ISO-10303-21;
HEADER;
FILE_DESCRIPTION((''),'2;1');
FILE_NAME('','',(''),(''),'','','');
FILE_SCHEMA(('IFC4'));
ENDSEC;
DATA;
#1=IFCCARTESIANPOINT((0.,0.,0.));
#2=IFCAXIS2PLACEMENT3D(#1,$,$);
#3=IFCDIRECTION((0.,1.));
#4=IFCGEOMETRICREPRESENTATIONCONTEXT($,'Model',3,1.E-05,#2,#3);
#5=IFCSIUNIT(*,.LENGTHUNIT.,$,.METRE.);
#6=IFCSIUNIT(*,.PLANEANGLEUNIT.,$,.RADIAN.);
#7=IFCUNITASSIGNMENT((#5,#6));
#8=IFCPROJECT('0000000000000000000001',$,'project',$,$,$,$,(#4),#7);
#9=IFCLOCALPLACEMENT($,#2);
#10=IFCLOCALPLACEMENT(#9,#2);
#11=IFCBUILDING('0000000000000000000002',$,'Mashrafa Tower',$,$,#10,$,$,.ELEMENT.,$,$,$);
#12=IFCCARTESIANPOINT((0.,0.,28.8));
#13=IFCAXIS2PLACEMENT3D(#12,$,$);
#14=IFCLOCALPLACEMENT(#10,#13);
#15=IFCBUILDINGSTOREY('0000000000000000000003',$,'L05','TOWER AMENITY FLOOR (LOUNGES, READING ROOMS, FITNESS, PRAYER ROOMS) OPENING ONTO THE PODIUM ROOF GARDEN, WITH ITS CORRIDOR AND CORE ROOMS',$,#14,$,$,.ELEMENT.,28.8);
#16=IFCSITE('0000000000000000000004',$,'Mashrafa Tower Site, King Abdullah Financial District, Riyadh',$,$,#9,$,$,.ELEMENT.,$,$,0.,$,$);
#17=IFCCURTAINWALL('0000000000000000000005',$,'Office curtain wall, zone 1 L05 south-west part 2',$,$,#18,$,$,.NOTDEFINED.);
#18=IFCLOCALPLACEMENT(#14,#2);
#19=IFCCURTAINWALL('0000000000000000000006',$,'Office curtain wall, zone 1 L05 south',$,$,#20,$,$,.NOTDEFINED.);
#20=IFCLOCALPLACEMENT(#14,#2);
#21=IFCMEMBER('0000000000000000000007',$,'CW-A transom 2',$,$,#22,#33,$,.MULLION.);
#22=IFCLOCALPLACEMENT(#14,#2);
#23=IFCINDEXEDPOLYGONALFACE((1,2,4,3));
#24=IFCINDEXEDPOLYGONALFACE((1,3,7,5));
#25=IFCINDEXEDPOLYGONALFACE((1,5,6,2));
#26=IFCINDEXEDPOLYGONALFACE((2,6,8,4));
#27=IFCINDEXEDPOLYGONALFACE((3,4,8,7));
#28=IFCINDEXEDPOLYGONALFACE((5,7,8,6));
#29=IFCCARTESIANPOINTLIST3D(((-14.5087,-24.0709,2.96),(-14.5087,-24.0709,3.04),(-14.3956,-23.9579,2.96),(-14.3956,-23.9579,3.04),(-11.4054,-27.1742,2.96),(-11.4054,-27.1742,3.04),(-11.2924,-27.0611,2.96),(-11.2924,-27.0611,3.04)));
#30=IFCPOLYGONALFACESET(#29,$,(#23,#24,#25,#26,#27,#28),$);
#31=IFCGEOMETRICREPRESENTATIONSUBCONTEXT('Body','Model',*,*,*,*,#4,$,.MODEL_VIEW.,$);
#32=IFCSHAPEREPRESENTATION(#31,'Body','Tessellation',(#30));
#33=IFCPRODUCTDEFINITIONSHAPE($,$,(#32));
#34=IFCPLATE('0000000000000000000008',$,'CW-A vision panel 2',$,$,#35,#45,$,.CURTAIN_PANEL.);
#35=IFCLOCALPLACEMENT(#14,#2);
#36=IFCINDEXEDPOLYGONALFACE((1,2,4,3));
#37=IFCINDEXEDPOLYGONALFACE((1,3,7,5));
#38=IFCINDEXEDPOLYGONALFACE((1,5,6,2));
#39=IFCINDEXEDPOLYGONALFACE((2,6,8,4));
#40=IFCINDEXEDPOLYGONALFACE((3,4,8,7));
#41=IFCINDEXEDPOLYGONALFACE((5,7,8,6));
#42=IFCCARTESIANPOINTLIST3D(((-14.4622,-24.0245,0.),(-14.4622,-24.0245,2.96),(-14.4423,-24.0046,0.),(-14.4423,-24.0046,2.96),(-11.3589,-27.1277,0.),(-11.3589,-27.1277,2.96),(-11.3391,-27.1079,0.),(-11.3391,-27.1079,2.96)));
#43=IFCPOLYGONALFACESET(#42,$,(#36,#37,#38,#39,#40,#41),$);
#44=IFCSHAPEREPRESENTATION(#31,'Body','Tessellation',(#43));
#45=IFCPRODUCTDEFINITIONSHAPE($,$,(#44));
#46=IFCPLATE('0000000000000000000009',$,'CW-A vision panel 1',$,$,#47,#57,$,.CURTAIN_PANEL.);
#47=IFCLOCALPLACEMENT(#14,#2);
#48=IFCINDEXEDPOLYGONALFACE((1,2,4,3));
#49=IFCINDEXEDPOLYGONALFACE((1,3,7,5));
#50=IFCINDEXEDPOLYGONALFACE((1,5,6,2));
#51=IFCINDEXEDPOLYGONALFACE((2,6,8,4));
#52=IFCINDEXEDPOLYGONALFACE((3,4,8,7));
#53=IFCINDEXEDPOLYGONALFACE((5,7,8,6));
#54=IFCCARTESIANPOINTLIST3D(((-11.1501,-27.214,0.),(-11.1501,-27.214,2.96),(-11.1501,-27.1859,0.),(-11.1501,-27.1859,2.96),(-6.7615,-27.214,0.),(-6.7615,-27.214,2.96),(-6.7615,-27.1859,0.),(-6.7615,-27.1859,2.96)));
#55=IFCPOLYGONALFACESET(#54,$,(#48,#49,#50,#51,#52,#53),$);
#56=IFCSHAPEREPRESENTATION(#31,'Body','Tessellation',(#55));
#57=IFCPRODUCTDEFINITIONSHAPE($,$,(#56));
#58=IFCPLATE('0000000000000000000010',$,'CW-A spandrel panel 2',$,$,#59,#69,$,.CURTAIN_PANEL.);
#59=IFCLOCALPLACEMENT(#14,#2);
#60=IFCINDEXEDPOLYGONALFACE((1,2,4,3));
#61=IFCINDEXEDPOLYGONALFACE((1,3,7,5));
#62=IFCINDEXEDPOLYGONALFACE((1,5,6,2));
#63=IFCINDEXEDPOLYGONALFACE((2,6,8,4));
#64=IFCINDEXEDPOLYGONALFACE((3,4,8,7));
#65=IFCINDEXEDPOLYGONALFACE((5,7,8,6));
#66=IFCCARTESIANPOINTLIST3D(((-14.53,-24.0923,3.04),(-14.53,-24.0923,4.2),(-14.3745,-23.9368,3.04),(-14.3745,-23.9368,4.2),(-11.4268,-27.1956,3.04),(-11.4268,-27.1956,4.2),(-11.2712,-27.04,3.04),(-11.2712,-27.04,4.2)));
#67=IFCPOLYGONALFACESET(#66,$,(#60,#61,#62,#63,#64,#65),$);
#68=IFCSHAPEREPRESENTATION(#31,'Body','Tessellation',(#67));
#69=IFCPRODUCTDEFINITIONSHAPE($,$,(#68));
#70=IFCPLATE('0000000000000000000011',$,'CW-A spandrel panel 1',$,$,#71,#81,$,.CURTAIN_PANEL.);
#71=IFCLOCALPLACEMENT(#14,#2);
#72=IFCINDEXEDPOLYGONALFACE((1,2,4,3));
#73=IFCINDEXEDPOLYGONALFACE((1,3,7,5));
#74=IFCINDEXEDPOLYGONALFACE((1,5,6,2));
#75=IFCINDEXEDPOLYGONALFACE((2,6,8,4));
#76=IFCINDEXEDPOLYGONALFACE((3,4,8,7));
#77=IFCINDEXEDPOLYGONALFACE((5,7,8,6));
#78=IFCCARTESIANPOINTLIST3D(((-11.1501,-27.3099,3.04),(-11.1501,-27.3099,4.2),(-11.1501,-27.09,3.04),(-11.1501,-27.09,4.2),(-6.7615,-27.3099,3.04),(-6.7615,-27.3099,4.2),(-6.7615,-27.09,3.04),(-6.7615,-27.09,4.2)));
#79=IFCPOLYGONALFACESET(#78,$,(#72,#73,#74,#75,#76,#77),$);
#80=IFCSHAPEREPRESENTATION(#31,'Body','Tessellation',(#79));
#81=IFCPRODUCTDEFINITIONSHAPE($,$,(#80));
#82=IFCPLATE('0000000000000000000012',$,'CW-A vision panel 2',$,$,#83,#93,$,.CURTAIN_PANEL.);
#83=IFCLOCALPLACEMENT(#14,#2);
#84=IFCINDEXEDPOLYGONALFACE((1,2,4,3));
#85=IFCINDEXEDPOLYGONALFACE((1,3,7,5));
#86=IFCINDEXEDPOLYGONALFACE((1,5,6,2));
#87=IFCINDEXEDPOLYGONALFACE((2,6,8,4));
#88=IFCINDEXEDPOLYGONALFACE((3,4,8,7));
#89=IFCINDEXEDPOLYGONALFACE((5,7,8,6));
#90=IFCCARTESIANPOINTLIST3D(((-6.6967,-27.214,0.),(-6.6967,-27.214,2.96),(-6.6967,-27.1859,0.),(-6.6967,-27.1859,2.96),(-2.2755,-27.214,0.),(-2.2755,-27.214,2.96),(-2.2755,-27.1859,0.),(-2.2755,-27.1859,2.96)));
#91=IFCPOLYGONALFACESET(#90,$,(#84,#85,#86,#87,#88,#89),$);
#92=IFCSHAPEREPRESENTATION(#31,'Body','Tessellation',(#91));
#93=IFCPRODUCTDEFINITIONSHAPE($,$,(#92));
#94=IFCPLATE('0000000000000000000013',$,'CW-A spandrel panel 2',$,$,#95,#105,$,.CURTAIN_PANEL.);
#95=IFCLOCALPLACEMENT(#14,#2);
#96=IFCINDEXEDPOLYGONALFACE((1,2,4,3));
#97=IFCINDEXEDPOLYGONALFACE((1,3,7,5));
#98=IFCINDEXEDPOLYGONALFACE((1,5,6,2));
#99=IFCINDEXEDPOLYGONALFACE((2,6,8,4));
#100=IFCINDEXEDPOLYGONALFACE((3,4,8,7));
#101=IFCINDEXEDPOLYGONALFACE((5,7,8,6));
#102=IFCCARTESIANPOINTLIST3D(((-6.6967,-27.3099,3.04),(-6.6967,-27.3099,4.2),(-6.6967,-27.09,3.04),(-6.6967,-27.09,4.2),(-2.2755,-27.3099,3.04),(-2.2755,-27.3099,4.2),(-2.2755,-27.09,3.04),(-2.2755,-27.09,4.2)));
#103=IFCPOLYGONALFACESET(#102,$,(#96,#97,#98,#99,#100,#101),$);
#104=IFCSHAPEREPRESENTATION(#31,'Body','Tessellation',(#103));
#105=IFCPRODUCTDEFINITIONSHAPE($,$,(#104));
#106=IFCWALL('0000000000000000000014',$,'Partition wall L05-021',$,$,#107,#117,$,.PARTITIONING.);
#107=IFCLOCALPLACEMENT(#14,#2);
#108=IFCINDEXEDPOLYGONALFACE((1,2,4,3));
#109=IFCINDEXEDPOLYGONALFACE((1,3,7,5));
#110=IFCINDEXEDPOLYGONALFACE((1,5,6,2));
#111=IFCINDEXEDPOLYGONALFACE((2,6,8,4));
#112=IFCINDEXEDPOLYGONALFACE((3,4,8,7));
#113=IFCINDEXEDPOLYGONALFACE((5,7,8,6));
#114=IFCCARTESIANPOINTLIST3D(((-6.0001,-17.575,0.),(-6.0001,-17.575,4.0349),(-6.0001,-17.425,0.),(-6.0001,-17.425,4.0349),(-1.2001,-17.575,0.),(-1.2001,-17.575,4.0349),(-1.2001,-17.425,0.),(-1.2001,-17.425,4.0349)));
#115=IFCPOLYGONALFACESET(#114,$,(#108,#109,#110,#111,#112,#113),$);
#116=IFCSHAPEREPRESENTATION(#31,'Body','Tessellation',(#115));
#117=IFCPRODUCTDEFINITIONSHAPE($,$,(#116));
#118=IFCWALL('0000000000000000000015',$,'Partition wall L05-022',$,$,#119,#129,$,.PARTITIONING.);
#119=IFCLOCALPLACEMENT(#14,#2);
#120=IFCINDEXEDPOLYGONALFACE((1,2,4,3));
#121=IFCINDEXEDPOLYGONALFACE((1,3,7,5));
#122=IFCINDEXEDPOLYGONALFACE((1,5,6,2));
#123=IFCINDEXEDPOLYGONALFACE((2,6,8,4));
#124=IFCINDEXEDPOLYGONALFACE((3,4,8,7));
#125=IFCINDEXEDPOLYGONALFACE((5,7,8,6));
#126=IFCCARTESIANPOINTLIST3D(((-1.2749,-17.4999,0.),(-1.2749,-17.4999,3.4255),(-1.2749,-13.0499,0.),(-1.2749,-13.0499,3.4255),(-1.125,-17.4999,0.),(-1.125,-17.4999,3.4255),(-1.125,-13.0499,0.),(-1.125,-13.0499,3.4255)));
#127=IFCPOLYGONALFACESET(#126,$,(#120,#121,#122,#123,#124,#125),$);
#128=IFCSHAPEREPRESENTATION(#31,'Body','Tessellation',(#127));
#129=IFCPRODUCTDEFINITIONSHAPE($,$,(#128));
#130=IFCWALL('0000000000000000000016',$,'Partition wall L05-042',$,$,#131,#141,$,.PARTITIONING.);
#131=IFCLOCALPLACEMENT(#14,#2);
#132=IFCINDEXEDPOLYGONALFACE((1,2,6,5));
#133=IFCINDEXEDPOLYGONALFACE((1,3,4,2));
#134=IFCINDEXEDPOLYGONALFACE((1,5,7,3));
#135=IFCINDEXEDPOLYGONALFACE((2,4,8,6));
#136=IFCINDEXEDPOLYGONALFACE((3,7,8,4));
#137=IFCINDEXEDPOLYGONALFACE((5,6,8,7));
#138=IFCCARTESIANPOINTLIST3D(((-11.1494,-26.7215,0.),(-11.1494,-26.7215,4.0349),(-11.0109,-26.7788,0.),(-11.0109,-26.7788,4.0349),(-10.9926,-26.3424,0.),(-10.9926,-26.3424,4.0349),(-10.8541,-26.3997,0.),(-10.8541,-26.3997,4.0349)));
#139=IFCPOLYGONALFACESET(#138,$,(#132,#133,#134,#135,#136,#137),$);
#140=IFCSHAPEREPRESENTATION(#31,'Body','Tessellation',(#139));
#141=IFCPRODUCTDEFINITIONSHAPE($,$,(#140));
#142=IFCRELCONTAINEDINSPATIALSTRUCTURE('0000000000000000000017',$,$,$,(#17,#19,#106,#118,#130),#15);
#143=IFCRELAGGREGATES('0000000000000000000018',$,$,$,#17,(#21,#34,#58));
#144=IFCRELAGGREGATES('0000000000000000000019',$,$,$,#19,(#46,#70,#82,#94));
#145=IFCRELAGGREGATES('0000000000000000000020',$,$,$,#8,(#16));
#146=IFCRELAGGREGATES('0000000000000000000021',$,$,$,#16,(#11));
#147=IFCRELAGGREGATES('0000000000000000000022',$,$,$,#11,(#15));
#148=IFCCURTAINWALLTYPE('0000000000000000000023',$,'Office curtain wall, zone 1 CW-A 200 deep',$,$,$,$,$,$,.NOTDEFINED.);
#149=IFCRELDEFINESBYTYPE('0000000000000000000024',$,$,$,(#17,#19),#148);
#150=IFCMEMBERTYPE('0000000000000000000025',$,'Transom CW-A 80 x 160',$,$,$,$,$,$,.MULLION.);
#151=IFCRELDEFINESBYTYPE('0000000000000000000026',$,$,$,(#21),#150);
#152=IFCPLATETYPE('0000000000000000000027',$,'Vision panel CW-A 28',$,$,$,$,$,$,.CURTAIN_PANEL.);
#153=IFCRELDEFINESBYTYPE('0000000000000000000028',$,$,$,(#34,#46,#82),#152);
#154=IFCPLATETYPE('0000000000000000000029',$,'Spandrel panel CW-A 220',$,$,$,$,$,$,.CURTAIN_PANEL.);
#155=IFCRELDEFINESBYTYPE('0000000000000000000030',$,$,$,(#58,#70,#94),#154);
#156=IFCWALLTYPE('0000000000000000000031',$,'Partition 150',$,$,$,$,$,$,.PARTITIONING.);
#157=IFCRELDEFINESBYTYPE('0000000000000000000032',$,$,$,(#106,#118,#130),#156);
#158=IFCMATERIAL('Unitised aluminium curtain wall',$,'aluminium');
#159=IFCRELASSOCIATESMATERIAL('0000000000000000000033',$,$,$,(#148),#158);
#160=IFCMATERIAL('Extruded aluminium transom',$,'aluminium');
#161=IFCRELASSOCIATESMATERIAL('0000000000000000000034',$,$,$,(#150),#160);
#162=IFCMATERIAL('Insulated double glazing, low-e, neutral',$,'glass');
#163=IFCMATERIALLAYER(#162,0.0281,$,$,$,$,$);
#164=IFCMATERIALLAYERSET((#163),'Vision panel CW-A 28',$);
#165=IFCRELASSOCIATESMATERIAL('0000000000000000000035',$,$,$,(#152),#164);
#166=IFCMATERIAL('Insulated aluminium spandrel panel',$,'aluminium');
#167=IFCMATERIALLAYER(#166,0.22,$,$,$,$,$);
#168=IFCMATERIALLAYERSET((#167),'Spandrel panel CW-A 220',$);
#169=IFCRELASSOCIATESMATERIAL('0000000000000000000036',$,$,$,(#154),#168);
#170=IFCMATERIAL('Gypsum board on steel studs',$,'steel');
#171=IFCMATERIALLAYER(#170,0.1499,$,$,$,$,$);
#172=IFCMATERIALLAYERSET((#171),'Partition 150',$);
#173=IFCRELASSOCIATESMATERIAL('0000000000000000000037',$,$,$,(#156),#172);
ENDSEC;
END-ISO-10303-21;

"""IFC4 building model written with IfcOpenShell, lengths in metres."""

from ifc_helpers import new_model, si_unit, direction, frame, frame_2d, origin, origin_2d, place, context, subcontext, project, spatial, rectangle, extrude, source, transform, mapped, material, layer, layer_set, material_profile, profile_set, type_object, type_shapes, element, aggregate, save


model = new_model("IFC4")

# Units and contexts
model_context = context("Model", 3, precision=1e-05, world=origin(), true_north=direction((0.0, 1.0)))
body_context = subcontext(model_context, "Body", "Model", "MODEL_VIEW")
ifc_project = project(units=[si_unit("LENGTHUNIT", "METRE"), si_unit("PLANEANGLEUNIT", "RADIAN")], contexts=[model_context])

# Site, building, storey
site_placement = place(None, origin())
site = spatial("IfcSite", under=ifc_project, at=site_placement, Name="Mashrafa Tower Site, King Abdullah Financial District, Riyadh", CompositionType="ELEMENT", RefElevation=0.0)
building_placement = place(site_placement, origin())
building = spatial("IfcBuilding", under=site, at=building_placement, Name="Mashrafa Tower", CompositionType="ELEMENT")
storey_placement = place(building_placement, frame((0.0, 0.0, 28.8)))
storey = spatial("IfcBuildingStorey", under=building, at=storey_placement, Name="L05", Description="TOWER AMENITY FLOOR (LOUNGES, READING ROOMS, FITNESS, PRAYER ROOMS) OPENING ONTO THE PODIUM ROOF GARDEN, WITH ITS CORRIDOR AND CORE ROOMS", CompositionType="ELEMENT", Elevation=28.8)

# Curtain wall
ifc_material_1 = material(Name="Unitised aluminium curtain wall", Category="aluminium")
curtain_wall_type = type_object("IfcCurtainWallType", Name="Office curtain wall, zone 1 CW-A 200 deep", PredefinedType="NOTDEFINED", material=ifc_material_1)
curtain_wall_1_placement = place(storey_placement, origin())
curtain_wall_1 = element("IfcCurtainWall", 1, at=curtain_wall_1_placement, inside=storey, type_object=curtain_wall_type, Name="Office curtain wall, zone 1 L05 south-west part 2", PredefinedType="NOTDEFINED")

# Curtain wall
curtain_wall_2_placement = place(storey_placement, origin())
curtain_wall_2 = element("IfcCurtainWall", 2, at=curtain_wall_2_placement, inside=storey, type_object=curtain_wall_type, Name="Office curtain wall, zone 1 L05 south", PredefinedType="NOTDEFINED")
ifc_material_2 = material(Name="Extruded aluminium transom", Category="aluminium")
ifc_material_profile_1 = material_profile(ifc_material_2, rectangle(XDim=0.1599, YDim=0.0801, at=origin_2d()), Name="Transom 80x160")
ifc_profile_set_1 = profile_set([ifc_material_profile_1], Name="Extruded aluminium transom")
member_type_1 = type_object("IfcMemberType", Name="Transom CW-A 80 x 160", PredefinedType="MULLION", material=ifc_profile_set_1)

# Member
shared_shape_1 = source(origin(), body_context, "Body", "SweptSolid", [
    extrude(rectangle(XDim=0.1599, YDim=0.0801, at=origin_2d()), origin(), (0.0, 0.0, 1.0), 4.3887),
])
member_1_placement = place(storey_placement, frame((-14.4521, -24.0144, 3.0), z_axis=(0.707107, -0.707107, 0.0), x_axis=(0.707107, 0.707107, 0.0)))
member_1 = element("IfcMember", 3, at=member_1_placement, type_object=member_type_1, Name="CW-A transom 2", PredefinedType="MULLION", context=body_context, shape_type="MappedRepresentation", body=[
    mapped(shared_shape_1, transform((0.0, 0.0, 0.0))),
])

# Plates
ifc_material_3 = material(Name="Insulated double glazing, low-e, neutral", Category="glass")
ifc_layer_1 = layer(ifc_material_3, 0.0281)
ifc_layer_set_1 = layer_set([ifc_layer_1], Name="Vision panel CW-A 28")
plate_type_1 = type_object("IfcPlateType", Name="Vision panel CW-A 28", PredefinedType="CURTAIN_PANEL", material=ifc_layer_set_1)
shared_shape_2 = source(origin(), body_context, "Body", "SweptSolid", [
    extrude(rectangle(XDim=4.3887, YDim=0.0281, at=origin_2d()), origin(), (0.0, 0.0, 1.0), 2.96),
])
plate_1_placement = place(storey_placement, frame((-12.9006, -25.5662, 0.0), z_axis=(0.0, 0.0, 1.0), x_axis=(0.707107, -0.707107, 0.0)))
plate_1 = element("IfcPlate", 4, at=plate_1_placement, type_object=plate_type_1, Name="CW-A vision panel 2", PredefinedType="CURTAIN_PANEL", context=body_context, shape_type="MappedRepresentation", body=[
    mapped(shared_shape_2, transform((0.0, 0.0, 0.0))),
])
plate_2_placement = place(storey_placement, frame((-8.9558, -27.2, 0.0), z_axis=(0.0, 0.0, 1.0), x_axis=(1.0, 0.0, 0.0)))
plate_2 = element("IfcPlate", 5, at=plate_2_placement, type_object=plate_type_1, Name="CW-A vision panel 1", PredefinedType="CURTAIN_PANEL", context=body_context, shape_type="MappedRepresentation", body=[
    mapped(shared_shape_2, transform((0.0, 0.0, 0.0))),
])
ifc_material_4 = material(Name="Insulated aluminium spandrel panel", Category="aluminium")
ifc_layer_2 = layer(ifc_material_4, 0.22)
ifc_layer_set_2 = layer_set([ifc_layer_2], Name="Spandrel panel CW-A 220")
plate_type_2 = type_object("IfcPlateType", Name="Spandrel panel CW-A 220", PredefinedType="CURTAIN_PANEL", material=ifc_layer_set_2)
shared_shape_3 = source(origin(), body_context, "Body", "SweptSolid", [
    extrude(rectangle(XDim=4.3887, YDim=0.22, at=origin_2d()), origin(), (0.0, 0.0, 1.0), 1.1599),
])
plate_3_placement = place(storey_placement, frame((-12.9006, -25.5662, 3.04), z_axis=(0.0, 0.0, 1.0), x_axis=(0.707107, -0.707107, 0.0)))
plate_3 = element("IfcPlate", 6, at=plate_3_placement, type_object=plate_type_2, Name="CW-A spandrel panel 2", PredefinedType="CURTAIN_PANEL", context=body_context, shape_type="MappedRepresentation", body=[
    mapped(shared_shape_3, transform((0.0, 0.0, 0.0))),
])
aggregate(curtain_wall_1, [member_1, plate_1, plate_3])
plate_4_placement = place(storey_placement, frame((-8.9558, -27.2, 3.04), z_axis=(0.0, 0.0, 1.0), x_axis=(1.0, 0.0, 0.0)))
plate_4 = element("IfcPlate", 7, at=plate_4_placement, type_object=plate_type_2, Name="CW-A spandrel panel 1", PredefinedType="CURTAIN_PANEL", context=body_context, shape_type="MappedRepresentation", body=[
    mapped(shared_shape_3, transform((0.0, 0.0, 0.0))),
])
shared_shape_4 = source(origin(), body_context, "Body", "SweptSolid", [
    extrude(rectangle(XDim=4.4211, YDim=0.0281, at=origin_2d()), origin(), (0.0, 0.0, 1.0), 2.96),
])
type_shapes(plate_type_1, [shared_shape_2, shared_shape_4])
plate_5_placement = place(storey_placement, frame((-4.4861, -27.2, 0.0), z_axis=(0.0, 0.0, 1.0), x_axis=(1.0, 0.0, 0.0)))
plate_5 = element("IfcPlate", 8, at=plate_5_placement, type_object=plate_type_1, Name="CW-A vision panel 2", PredefinedType="CURTAIN_PANEL", context=body_context, shape_type="MappedRepresentation", body=[
    mapped(shared_shape_4, transform((0.0, 0.0, 0.0))),
])
shared_shape_5 = source(origin(), body_context, "Body", "SweptSolid", [
    extrude(rectangle(XDim=4.4211, YDim=0.22, at=origin_2d()), origin(), (0.0, 0.0, 1.0), 1.1599),
])
type_shapes(plate_type_2, [shared_shape_3, shared_shape_5])
plate_6_placement = place(storey_placement, frame((-4.4861, -27.2, 3.04), z_axis=(0.0, 0.0, 1.0), x_axis=(1.0, 0.0, 0.0)))
plate_6 = element("IfcPlate", 9, at=plate_6_placement, type_object=plate_type_2, Name="CW-A spandrel panel 2", PredefinedType="CURTAIN_PANEL", context=body_context, shape_type="MappedRepresentation", body=[
    mapped(shared_shape_5, transform((0.0, 0.0, 0.0))),
])
aggregate(curtain_wall_2, [plate_2, plate_4, plate_5, plate_6])

# Walls
ifc_material_5 = material(Name="Gypsum board on steel studs", Category="steel")
ifc_layer_3 = layer(ifc_material_5, 0.1499)
ifc_layer_set_3 = layer_set([ifc_layer_3], Name="Partition 150")
wall_type = type_object("IfcWallType", Name="Partition 150", PredefinedType="PARTITIONING", material=ifc_layer_set_3)
wall_1_placement = place(storey_placement, frame((-6.0, -17.5, 0.0), z_axis=(0.0, 0.0, 1.0), x_axis=(1.0, 0.0, 0.0)))
element("IfcWall", 10, at=wall_1_placement, inside=storey, type_object=wall_type, Name="Partition wall L05-021", PredefinedType="PARTITIONING", context=body_context, shape_type="SweptSolid", body=[
    extrude(rectangle(XDim=4.8, YDim=0.1499, at=frame_2d((2.3999, 0.0))), origin(), (0.0, 0.0, 1.0), 4.0349),
])
wall_2_placement = place(storey_placement, frame((-1.2, -17.5, 0.0), z_axis=(0.0, 0.0, 1.0), x_axis=(0.0, 1.0, 0.0)))
element("IfcWall", 11, at=wall_2_placement, inside=storey, type_object=wall_type, Name="Partition wall L05-022", PredefinedType="PARTITIONING", context=body_context, shape_type="SweptSolid", body=[
    extrude(rectangle(XDim=4.45, YDim=0.1499, at=frame_2d((2.2251, 0.0))), origin(), (0.0, 0.0, 1.0), 3.4255),
])
wall_3_placement = place(storey_placement, frame((-10.9233, -26.3711, 0.0), z_axis=(0.0, 0.0, 1.0), x_axis=(-0.382247, -0.92406, 0.0)))
element("IfcWall", 12, at=wall_3_placement, inside=storey, type_object=wall_type, Name="Partition wall L05-042", PredefinedType="PARTITIONING", context=body_context, shape_type="SweptSolid", body=[
    extrude(rectangle(XDim=0.4102, YDim=0.1499, at=frame_2d((0.2051, 0.0))), origin(), (0.0, 0.0, 1.0), 4.0349),
])

save(model, "model.ifc")
